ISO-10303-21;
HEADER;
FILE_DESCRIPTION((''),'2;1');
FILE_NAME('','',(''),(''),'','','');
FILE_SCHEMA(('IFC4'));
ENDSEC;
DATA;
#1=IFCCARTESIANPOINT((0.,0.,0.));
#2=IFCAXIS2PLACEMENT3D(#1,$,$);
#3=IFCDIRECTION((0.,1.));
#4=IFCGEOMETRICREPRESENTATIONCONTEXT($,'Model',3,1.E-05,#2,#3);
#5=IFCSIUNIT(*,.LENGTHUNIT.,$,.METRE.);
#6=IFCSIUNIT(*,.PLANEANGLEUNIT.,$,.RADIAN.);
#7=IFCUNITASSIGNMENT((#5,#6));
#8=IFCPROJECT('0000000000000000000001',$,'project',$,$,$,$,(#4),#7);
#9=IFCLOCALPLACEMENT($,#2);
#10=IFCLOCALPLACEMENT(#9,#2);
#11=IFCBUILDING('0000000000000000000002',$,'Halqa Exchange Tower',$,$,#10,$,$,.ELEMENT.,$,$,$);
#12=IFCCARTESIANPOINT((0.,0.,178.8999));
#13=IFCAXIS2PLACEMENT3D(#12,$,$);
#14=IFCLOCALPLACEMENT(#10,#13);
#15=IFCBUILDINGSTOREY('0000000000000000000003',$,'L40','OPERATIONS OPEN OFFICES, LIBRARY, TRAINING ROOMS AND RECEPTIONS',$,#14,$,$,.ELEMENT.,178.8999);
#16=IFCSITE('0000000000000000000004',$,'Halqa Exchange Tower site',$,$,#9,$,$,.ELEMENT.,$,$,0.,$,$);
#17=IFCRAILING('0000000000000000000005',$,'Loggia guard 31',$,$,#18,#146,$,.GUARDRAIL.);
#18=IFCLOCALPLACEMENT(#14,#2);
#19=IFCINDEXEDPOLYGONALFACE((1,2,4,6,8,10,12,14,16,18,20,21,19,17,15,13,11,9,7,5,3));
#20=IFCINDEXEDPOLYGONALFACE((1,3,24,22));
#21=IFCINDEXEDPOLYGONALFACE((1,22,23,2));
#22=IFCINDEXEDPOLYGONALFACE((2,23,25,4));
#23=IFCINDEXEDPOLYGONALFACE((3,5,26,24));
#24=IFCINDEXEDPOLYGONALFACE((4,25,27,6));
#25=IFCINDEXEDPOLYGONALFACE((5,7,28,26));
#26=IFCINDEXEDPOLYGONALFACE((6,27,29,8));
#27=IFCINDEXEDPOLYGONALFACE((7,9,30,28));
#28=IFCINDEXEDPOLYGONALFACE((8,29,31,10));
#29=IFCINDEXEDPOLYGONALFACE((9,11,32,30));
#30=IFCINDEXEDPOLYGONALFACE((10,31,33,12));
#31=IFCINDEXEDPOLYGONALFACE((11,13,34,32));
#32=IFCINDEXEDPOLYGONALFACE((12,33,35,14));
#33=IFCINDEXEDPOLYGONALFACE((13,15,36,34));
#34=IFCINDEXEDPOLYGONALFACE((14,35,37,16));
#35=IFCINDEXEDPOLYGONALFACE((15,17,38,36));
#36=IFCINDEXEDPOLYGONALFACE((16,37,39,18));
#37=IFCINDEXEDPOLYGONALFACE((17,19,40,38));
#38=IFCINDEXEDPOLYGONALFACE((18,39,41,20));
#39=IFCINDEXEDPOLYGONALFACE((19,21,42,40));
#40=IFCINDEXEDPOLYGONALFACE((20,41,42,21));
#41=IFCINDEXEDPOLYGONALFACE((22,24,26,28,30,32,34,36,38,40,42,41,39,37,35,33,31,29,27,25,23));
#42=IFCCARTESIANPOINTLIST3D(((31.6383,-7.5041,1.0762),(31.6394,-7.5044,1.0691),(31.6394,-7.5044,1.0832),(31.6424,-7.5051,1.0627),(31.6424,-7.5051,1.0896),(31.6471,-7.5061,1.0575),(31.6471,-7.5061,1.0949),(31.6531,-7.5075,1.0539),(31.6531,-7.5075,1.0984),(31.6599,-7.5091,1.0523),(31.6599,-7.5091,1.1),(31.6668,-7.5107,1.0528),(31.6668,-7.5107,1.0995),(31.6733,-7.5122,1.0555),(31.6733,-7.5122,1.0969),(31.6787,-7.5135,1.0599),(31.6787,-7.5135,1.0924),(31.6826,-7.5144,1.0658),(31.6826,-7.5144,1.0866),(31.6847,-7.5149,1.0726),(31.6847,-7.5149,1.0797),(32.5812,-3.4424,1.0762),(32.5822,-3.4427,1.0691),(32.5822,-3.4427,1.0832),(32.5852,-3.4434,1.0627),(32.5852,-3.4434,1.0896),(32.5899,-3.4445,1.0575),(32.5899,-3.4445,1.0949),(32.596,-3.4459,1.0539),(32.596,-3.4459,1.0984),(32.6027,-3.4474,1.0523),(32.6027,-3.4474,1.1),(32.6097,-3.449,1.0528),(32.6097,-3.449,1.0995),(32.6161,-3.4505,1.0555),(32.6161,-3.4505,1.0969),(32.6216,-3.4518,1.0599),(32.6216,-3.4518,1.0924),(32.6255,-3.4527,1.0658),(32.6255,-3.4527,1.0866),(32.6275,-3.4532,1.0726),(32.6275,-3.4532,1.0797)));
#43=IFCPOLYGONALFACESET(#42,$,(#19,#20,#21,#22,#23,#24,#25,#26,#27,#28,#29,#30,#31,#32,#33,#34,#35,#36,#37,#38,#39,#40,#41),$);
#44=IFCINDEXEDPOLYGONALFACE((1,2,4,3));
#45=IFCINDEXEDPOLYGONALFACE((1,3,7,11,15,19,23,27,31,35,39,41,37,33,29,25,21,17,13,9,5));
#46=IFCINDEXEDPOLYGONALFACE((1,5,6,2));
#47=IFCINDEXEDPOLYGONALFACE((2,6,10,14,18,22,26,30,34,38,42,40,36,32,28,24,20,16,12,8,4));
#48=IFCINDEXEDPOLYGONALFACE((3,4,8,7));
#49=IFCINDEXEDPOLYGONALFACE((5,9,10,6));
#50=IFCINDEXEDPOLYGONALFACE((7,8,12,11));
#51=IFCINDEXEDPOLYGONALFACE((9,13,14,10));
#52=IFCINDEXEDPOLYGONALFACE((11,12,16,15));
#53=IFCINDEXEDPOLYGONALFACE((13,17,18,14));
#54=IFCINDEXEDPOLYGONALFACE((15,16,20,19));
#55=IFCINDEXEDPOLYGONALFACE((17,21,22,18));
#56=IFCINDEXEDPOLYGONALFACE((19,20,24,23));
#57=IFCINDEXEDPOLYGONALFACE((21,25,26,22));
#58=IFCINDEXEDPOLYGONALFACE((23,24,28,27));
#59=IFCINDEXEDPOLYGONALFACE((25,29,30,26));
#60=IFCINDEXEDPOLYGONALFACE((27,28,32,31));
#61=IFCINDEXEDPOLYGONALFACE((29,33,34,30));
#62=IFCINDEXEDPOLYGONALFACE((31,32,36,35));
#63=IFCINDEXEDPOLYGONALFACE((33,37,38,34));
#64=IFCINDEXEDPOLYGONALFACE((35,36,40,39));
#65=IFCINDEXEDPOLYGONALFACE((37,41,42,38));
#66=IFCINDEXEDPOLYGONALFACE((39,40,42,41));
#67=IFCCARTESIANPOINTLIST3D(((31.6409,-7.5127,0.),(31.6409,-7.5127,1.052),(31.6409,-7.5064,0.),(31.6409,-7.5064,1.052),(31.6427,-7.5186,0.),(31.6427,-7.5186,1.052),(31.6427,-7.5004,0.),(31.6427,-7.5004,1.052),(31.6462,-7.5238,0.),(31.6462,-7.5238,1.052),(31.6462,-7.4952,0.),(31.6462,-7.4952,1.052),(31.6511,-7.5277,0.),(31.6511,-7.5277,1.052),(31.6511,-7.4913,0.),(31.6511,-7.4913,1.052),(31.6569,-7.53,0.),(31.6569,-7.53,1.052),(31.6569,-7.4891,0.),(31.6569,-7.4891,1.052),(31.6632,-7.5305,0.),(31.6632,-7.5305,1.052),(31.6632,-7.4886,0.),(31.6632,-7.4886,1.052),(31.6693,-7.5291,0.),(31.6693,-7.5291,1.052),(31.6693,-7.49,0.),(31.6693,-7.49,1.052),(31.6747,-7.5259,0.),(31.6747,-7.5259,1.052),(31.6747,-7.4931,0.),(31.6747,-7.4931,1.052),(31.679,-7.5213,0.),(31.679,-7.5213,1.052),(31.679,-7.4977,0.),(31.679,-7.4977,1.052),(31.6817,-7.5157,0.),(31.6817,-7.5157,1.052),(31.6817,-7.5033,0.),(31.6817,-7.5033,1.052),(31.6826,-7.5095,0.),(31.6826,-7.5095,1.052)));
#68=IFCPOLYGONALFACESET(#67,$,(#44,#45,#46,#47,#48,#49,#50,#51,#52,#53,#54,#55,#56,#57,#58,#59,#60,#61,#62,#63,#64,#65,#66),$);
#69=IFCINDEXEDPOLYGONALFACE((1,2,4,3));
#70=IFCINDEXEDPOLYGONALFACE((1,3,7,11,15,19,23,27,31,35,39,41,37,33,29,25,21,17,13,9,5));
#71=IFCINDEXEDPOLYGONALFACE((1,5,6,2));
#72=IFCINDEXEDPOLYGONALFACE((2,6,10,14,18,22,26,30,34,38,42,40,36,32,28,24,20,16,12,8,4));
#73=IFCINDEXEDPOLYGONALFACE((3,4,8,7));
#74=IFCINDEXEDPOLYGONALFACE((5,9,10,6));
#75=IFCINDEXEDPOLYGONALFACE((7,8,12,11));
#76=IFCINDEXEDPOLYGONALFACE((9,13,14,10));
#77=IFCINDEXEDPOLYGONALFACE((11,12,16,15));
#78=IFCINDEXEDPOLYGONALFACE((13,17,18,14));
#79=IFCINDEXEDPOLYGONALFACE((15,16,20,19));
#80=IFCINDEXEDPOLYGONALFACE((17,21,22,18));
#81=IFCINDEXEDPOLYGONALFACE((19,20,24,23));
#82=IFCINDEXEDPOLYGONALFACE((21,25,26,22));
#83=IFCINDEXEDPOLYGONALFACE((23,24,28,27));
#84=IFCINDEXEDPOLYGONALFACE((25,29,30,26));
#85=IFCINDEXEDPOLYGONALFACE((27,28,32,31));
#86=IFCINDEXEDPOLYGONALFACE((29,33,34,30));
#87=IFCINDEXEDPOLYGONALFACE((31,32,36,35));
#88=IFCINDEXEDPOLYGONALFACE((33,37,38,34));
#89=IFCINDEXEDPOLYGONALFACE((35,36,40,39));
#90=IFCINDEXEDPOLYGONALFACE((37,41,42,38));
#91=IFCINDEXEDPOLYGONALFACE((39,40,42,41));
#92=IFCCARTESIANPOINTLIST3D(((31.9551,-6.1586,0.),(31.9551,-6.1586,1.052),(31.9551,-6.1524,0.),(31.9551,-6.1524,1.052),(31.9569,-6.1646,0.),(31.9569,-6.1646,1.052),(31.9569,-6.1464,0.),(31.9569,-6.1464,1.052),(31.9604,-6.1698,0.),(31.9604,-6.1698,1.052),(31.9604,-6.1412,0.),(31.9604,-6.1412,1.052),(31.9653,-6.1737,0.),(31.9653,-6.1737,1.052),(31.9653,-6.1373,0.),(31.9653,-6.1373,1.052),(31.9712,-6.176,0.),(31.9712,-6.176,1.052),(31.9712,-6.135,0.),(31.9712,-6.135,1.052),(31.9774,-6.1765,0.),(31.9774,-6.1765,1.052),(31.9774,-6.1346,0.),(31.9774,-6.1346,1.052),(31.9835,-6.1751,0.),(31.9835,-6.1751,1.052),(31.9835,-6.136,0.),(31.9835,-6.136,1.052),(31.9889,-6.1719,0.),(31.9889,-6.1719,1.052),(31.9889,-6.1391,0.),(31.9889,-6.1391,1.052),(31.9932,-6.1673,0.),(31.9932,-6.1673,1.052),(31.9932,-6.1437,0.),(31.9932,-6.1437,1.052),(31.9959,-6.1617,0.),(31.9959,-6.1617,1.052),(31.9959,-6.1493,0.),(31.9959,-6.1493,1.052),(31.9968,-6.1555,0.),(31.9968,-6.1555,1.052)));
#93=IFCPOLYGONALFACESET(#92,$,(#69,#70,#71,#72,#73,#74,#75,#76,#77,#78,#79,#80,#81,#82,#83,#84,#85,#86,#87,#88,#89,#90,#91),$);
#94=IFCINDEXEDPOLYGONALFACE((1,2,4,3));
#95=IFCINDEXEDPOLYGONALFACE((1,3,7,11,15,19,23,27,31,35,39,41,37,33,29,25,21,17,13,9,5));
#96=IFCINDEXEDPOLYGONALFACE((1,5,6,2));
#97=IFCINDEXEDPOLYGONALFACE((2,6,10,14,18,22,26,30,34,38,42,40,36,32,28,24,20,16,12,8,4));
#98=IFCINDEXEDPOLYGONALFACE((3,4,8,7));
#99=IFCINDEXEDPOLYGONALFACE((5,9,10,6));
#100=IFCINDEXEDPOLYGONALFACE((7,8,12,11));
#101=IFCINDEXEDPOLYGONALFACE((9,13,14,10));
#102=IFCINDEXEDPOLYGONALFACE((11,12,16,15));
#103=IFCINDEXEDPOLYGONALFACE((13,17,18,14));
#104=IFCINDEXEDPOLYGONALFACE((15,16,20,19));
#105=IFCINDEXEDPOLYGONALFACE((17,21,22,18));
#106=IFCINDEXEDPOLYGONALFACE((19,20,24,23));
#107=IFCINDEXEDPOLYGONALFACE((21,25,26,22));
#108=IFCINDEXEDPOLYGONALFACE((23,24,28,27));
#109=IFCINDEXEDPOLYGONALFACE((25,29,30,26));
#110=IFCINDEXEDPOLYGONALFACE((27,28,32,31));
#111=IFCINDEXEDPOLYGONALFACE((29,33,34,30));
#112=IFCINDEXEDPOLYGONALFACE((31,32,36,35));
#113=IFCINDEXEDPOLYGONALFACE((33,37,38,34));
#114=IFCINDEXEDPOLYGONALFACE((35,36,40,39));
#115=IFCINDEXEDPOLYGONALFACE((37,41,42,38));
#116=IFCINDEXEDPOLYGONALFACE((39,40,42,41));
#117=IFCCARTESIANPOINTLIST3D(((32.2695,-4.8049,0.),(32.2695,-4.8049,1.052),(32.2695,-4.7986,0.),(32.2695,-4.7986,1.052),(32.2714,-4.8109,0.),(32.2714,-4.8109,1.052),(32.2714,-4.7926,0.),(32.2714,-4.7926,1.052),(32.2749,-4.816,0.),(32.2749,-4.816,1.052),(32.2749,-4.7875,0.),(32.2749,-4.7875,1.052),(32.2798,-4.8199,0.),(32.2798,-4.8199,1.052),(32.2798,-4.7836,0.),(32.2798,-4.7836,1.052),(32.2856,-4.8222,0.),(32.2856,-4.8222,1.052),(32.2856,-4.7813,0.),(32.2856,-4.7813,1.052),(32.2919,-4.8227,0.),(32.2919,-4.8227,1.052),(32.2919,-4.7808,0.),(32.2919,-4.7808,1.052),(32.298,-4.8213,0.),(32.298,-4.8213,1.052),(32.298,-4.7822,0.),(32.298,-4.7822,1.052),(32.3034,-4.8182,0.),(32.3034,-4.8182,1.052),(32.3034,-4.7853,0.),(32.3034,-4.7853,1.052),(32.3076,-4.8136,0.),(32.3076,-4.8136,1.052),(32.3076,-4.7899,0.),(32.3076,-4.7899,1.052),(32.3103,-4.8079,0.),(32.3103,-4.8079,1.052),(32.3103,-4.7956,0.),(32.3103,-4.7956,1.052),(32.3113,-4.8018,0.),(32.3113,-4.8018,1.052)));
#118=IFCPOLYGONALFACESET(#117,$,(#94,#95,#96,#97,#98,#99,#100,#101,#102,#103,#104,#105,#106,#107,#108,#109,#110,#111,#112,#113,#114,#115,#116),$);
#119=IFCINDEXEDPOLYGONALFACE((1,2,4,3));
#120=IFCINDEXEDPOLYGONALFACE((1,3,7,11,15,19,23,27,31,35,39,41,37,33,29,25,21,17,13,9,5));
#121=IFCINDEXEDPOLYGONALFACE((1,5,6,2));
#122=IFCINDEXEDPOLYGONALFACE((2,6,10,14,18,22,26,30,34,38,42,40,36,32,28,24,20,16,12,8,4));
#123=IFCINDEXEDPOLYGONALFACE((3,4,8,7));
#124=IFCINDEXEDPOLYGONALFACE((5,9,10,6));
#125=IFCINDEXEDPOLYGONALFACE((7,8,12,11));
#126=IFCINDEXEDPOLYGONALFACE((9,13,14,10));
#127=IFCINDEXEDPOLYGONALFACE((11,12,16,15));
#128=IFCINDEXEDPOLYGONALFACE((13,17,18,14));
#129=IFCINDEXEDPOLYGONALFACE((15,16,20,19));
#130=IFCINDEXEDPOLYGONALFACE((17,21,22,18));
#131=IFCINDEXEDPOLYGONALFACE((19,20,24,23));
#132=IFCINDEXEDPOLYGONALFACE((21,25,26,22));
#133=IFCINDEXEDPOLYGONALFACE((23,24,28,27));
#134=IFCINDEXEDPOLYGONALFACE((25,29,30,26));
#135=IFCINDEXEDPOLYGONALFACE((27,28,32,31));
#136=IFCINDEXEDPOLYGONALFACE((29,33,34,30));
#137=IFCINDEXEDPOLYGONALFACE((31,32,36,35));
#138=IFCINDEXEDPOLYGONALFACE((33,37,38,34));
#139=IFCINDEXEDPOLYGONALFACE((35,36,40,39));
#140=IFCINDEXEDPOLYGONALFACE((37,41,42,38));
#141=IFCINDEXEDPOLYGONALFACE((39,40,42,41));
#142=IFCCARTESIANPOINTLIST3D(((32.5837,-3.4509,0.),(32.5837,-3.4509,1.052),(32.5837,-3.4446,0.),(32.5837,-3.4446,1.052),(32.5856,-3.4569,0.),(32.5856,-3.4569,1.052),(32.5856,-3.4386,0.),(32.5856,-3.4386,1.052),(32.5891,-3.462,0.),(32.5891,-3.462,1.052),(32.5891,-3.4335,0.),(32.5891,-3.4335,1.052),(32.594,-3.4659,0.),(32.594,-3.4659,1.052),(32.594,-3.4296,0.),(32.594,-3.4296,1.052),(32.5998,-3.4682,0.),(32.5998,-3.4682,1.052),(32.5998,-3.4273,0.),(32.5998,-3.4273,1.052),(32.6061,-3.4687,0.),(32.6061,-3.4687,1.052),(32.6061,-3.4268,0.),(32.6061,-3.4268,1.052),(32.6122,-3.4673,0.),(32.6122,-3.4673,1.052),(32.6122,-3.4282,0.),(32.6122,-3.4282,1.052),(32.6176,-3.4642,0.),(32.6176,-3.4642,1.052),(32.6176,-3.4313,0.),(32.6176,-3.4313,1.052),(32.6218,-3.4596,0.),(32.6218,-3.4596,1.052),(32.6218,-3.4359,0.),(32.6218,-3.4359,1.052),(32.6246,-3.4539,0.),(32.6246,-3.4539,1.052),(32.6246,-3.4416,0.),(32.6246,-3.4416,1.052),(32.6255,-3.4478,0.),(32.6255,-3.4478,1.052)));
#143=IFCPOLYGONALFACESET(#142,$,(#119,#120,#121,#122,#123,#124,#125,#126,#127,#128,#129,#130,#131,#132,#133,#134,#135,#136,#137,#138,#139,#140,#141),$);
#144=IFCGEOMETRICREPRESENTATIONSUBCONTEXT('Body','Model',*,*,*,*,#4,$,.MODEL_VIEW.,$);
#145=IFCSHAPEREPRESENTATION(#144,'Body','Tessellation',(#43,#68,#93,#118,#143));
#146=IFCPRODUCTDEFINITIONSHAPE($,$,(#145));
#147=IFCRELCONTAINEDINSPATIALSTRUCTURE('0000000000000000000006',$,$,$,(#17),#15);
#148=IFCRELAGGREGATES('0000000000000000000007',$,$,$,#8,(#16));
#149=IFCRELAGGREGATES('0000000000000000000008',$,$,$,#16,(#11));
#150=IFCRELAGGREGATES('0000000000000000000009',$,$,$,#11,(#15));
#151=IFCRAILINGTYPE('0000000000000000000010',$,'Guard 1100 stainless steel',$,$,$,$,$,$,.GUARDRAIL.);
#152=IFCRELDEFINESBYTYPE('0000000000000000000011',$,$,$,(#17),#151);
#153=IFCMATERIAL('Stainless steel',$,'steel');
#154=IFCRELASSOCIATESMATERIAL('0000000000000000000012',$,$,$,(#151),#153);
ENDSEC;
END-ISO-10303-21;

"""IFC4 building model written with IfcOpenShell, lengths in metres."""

from ifc_helpers import new_model, si_unit, direction, frame, origin, origin_2d, place, context, subcontext, project, spatial, circle, extrude, material, type_object, element, save


model = new_model("IFC4")

# Units and contexts
model_context = context("Model", 3, precision=1e-05, world=origin(), true_north=direction((0.0, 1.0)))
body_context = subcontext(model_context, "Body", "Model", "MODEL_VIEW")
ifc_project = project(units=[si_unit("LENGTHUNIT", "METRE"), si_unit("PLANEANGLEUNIT", "RADIAN")], contexts=[model_context])

# Site, building, storey
site_placement = place(None, origin())
site = spatial("IfcSite", under=ifc_project, at=site_placement, Name="Halqa Exchange Tower site", CompositionType="ELEMENT", RefElevation=0.0)
building_placement = place(site_placement, origin())
building = spatial("IfcBuilding", under=site, at=building_placement, Name="Halqa Exchange Tower", CompositionType="ELEMENT")
storey_placement = place(building_placement, frame((0.0, 0.0, 178.8999)))
storey = spatial("IfcBuildingStorey", under=building, at=storey_placement, Name="L40", Description="OPERATIONS OPEN OFFICES, LIBRARY, TRAINING ROOMS AND RECEPTIONS", CompositionType="ELEMENT", Elevation=178.8999)

# Railing
ifc_material_1 = material(Name="Stainless steel", Category="steel")
railing_type = type_object("IfcRailingType", Name="Guard 1100 stainless steel", PredefinedType="GUARDRAIL", material=ifc_material_1)
railing_1_placement = place(storey_placement, frame((31.6616, -7.5095, 0.0)))
element("IfcRailing", 1, at=railing_1_placement, inside=storey, type_object=railing_type, Name="Loggia guard 31", PredefinedType="GUARDRAIL", context=body_context, shape_type="SweptSolid", body=[
    extrude(circle(Radius=0.0239, at=origin_2d()), frame((0.0, 0.0, 1.0762), z_axis=(0.226121, 0.974099, 0.0), x_axis=(-0.974099, 0.226121, 0.0)), (0.0, 0.0, 1.0), 4.1697),
    extrude(circle(Radius=0.021, at=origin_2d()), origin(), (0.0, 0.0, 1.0), 1.052),
    extrude(circle(Radius=0.021, at=origin_2d()), frame((0.3142, 1.354, 0.0)), (0.0, 0.0, 1.0), 1.052),
    extrude(circle(Radius=0.021, at=origin_2d()), frame((0.6287, 2.7078, 0.0)), (0.0, 0.0, 1.0), 1.052),
    extrude(circle(Radius=0.021, at=origin_2d()), frame((0.9429, 4.0618, 0.0)), (0.0, 0.0, 1.0), 1.052),
])

save(model, "model.ifc")
